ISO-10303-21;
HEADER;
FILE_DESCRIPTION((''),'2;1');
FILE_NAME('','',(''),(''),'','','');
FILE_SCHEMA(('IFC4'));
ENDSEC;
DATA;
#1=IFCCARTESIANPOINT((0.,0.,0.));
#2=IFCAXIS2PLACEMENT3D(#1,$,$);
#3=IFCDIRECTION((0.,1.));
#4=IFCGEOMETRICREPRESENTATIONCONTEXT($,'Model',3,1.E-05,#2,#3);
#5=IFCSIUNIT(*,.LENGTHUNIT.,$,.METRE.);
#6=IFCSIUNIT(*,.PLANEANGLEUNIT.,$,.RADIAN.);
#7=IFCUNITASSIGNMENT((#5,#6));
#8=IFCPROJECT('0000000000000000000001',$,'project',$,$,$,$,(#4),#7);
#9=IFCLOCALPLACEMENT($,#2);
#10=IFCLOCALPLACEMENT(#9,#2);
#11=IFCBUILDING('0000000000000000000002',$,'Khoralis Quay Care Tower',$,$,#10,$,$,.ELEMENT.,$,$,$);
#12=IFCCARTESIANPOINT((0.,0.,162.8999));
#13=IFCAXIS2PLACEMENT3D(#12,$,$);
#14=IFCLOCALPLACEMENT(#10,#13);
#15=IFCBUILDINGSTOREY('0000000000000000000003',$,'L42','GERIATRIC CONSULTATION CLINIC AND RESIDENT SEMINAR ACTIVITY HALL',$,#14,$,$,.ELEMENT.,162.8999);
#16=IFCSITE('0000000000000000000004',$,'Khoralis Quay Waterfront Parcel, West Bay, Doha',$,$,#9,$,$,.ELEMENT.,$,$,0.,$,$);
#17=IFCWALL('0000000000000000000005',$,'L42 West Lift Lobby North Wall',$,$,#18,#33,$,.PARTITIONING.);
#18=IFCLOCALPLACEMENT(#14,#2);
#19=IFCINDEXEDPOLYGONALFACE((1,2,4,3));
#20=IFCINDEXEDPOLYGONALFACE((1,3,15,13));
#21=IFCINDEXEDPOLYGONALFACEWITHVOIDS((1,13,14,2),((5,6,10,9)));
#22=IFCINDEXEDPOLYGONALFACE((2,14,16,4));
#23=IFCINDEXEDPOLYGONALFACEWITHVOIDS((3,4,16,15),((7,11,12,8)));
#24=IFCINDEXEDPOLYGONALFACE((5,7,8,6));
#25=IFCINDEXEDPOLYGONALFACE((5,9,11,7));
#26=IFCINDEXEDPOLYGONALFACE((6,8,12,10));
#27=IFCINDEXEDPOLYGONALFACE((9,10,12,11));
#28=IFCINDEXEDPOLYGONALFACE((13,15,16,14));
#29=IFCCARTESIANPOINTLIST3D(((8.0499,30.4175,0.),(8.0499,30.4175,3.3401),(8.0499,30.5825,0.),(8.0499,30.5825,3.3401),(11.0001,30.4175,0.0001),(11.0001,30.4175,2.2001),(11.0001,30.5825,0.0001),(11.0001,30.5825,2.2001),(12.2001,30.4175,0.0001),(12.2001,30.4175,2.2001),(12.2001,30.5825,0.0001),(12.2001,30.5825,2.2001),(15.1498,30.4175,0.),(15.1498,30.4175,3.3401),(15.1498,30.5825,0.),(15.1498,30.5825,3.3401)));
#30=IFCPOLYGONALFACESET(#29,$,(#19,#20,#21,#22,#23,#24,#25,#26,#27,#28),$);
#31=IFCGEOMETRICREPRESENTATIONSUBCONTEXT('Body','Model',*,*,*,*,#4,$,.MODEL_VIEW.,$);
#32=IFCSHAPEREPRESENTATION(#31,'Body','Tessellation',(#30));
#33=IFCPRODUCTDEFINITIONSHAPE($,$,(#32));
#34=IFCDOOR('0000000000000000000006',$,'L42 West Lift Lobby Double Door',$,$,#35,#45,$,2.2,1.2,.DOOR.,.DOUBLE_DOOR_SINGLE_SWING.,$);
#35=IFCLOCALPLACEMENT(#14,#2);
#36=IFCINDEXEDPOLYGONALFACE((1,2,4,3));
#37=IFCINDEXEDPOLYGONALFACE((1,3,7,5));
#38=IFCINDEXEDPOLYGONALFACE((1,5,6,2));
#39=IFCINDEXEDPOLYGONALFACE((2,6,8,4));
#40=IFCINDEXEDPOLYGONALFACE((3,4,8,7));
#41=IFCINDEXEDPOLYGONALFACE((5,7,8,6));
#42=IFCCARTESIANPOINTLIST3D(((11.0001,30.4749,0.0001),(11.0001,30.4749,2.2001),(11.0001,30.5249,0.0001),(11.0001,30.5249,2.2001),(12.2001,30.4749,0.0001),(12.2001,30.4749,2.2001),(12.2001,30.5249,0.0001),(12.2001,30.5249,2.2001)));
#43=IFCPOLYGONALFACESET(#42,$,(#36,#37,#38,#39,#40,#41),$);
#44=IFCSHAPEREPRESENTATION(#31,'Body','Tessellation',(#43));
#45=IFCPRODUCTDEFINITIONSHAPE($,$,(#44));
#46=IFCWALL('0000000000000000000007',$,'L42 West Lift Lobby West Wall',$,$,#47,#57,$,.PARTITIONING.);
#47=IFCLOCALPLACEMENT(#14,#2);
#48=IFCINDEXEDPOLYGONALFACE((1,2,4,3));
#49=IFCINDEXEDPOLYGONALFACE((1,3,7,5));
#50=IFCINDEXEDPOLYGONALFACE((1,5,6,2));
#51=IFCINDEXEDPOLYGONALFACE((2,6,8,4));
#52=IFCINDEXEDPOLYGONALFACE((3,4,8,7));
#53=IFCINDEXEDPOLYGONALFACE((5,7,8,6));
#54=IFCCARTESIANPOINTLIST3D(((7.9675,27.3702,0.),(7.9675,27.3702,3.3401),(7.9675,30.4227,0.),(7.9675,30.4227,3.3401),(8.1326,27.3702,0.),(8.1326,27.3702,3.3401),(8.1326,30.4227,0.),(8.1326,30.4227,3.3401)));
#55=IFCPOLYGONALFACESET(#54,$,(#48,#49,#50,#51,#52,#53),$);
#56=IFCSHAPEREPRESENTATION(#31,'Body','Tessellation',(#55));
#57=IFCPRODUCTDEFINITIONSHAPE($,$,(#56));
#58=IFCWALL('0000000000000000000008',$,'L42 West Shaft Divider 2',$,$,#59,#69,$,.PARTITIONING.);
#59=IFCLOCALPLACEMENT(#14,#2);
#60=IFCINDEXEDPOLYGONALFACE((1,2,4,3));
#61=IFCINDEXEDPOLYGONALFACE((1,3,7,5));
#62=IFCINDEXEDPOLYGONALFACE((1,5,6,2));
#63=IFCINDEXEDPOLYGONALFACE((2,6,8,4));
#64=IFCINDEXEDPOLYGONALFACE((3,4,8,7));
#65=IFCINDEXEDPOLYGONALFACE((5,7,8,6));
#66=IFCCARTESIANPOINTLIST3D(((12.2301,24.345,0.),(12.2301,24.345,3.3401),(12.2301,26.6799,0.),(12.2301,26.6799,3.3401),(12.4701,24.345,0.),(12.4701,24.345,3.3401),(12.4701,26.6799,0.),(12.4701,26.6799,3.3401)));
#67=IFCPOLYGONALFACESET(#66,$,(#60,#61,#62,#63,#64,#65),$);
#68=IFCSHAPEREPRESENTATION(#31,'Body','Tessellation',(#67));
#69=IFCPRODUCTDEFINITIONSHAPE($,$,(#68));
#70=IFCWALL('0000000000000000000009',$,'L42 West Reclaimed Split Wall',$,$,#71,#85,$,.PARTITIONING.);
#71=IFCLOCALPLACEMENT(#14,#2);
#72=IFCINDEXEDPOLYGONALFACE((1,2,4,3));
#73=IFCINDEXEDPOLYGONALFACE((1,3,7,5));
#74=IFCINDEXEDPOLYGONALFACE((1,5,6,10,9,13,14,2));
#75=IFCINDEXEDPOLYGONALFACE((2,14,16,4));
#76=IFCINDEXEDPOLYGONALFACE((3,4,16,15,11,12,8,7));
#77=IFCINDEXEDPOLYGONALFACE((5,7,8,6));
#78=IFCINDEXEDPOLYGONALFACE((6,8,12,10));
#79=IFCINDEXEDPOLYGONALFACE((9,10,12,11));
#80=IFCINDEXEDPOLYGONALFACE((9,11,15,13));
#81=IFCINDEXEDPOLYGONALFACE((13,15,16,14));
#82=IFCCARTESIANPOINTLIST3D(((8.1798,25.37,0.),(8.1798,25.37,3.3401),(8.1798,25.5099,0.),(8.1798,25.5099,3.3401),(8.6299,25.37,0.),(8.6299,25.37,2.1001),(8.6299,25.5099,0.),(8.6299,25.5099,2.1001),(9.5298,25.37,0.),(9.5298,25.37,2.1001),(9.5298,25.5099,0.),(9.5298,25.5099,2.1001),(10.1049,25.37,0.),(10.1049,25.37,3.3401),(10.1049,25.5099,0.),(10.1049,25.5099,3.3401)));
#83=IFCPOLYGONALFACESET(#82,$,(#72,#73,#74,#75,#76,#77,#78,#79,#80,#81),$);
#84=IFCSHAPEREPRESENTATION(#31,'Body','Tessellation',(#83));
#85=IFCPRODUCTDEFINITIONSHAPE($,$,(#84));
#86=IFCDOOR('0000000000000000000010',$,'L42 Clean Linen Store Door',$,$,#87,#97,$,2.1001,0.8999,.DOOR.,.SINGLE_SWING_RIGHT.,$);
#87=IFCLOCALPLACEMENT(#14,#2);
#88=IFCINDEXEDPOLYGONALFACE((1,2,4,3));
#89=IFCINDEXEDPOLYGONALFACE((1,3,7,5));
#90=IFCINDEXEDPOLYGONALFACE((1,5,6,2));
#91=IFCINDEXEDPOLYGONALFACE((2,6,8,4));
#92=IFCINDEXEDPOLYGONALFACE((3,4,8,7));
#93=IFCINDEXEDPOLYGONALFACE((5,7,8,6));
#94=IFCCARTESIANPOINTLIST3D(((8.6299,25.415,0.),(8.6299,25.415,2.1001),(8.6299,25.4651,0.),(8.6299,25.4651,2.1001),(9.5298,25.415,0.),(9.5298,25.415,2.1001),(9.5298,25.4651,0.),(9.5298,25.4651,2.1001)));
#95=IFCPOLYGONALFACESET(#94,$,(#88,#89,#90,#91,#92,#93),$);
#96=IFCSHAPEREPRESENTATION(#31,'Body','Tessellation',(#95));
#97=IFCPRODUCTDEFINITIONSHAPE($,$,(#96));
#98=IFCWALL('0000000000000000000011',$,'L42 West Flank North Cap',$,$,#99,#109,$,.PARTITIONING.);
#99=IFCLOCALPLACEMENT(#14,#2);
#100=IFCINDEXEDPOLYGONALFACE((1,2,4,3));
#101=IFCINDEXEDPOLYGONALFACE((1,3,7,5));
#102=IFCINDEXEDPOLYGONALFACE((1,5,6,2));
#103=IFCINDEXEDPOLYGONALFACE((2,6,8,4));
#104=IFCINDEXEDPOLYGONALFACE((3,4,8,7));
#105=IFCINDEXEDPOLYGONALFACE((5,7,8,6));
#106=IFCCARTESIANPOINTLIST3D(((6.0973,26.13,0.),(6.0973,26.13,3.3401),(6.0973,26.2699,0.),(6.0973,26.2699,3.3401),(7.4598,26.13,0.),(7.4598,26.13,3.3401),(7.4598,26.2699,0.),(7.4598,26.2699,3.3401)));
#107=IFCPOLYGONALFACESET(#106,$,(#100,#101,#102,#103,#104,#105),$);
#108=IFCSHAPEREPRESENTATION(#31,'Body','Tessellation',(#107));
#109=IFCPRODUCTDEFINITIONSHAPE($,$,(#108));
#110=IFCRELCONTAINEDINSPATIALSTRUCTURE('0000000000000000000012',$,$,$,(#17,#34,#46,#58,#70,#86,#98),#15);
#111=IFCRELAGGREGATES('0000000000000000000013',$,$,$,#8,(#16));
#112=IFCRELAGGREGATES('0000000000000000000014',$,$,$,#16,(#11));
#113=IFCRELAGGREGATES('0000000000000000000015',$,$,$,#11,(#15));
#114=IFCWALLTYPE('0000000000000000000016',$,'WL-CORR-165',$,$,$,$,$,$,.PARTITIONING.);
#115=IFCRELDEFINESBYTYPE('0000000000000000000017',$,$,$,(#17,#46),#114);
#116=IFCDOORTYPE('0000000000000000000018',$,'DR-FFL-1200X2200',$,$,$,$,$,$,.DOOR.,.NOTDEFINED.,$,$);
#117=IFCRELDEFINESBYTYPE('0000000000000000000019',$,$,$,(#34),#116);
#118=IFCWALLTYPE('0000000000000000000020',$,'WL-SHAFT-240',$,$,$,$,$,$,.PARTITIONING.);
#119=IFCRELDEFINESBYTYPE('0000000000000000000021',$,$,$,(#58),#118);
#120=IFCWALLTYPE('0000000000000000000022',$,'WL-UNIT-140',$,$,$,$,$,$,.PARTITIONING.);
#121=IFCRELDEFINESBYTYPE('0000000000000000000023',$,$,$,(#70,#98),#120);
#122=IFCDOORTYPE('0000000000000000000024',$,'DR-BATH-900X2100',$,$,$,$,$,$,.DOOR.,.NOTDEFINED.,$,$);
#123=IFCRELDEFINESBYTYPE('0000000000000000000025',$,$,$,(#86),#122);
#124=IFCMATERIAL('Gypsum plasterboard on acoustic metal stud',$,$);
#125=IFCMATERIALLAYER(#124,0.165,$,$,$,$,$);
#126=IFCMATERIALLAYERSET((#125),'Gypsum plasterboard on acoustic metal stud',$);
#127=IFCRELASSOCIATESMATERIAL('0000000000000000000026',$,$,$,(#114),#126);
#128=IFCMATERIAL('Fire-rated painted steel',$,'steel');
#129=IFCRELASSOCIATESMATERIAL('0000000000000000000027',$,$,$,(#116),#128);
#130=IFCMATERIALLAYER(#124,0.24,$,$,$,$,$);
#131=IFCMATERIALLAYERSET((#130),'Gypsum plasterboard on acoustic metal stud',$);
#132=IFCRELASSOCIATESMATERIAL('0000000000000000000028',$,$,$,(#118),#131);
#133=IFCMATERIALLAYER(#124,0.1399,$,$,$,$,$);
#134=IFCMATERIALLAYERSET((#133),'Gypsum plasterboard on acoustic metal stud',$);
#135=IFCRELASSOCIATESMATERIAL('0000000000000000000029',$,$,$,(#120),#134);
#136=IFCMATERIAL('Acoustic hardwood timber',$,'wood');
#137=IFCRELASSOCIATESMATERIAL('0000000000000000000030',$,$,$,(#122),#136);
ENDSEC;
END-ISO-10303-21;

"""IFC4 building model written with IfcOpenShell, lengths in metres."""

from ifc_helpers import new_model, si_unit, direction, frame, frame_2d, origin, place, context, subcontext, project, spatial, rectangle, extrude, source, transform, mapped, material, layer, layer_set, type_object, element, fill, save


model = new_model("IFC4")

# Units and contexts
model_context = context("Model", 3, precision=1e-05, world=origin(), true_north=direction((0.0, 1.0)))
body_context = subcontext(model_context, "Body", "Model", "MODEL_VIEW")
ifc_project = project(units=[si_unit("LENGTHUNIT", "METRE"), si_unit("PLANEANGLEUNIT", "RADIAN")], contexts=[model_context])

# Site, building, storey
site_placement = place(None, origin())
site = spatial("IfcSite", under=ifc_project, at=site_placement, Name="Khoralis Quay Waterfront Parcel, West Bay, Doha", CompositionType="ELEMENT", RefElevation=0.0)
building_placement = place(site_placement, origin())
building = spatial("IfcBuilding", under=site, at=building_placement, Name="Khoralis Quay Care Tower", CompositionType="ELEMENT")
storey_placement = place(building_placement, frame((0.0, 0.0, 162.8999)))
storey = spatial("IfcBuildingStorey", under=building, at=storey_placement, Name="L42", Description="GERIATRIC CONSULTATION CLINIC AND RESIDENT SEMINAR ACTIVITY HALL", CompositionType="ELEMENT", Elevation=162.8999)

# Shared definitions
ifc_material_1 = material(Name="Acoustic hardwood timber", Category="wood")

# Wall, opening, door
ifc_material_2 = material(Name="Gypsum plasterboard on acoustic metal stud")
ifc_layer_1 = layer(ifc_material_2, 0.165)
ifc_layer_set_1 = layer_set([ifc_layer_1], Name="Gypsum plasterboard on acoustic metal stud")
wall_type_1 = type_object("IfcWallType", Name="WL-CORR-165", PredefinedType="PARTITIONING", material=ifc_layer_set_1)
wall_1_placement = place(storey_placement, frame((8.05, 30.5, 0.0), z_axis=(0.0, 0.0, 1.0), x_axis=(1.0, 0.0, 0.0)))
wall_1 = element("IfcWall", 1, at=wall_1_placement, inside=storey, type_object=wall_type_1, Name="L42 West Lift Lobby North Wall", PredefinedType="PARTITIONING", context=body_context, shape_type="SweptSolid", body=[
    extrude(rectangle(XDim=7.0999, YDim=0.165, at=frame_2d((3.5498, 0.0))), origin(), (0.0, 0.0, 1.0), 3.3401),
])
opening_1_placement = place(wall_1_placement, frame((2.95, 0.0, 0.0)))
opening_1 = element("IfcOpeningElement", 2, at=opening_1_placement, cuts=wall_1, PredefinedType="OPENING", context=body_context, shape_type="SweptSolid", body=[
    extrude(rectangle(XDim=1.2, YDim=2.2, at=frame_2d((0.6001, 1.1001))), frame((0.0, 0.0925, 0.0), z_axis=(0.0, -1.0, 0.0), x_axis=(1.0, 0.0, 0.0)), (0.0, 0.0, 1.0), 0.1851),
])
ifc_material_3 = material(Name="Fire-rated painted steel", Category="steel")
door_type_1 = type_object("IfcDoorType", Name="DR-FFL-1200X2200", OperationType="NOTDEFINED", PredefinedType="DOOR", material=ifc_material_3)
shared_shape_1 = source(origin(), body_context, "Body", "SweptSolid", [
    extrude(rectangle(XDim=1.2, YDim=2.2, at=frame_2d((0.6001, 1.1001))), frame((0.0, 0.0249, 0.0), z_axis=(0.0, -1.0, 0.0), x_axis=(1.0, 0.0, 0.0)), (0.0, 0.0, 1.0), 0.05),
])
door_1_placement = place(opening_1_placement, origin())
door_1 = element("IfcDoor", 3, at=door_1_placement, inside=storey, type_object=door_type_1, Name="L42 West Lift Lobby Double Door", OperationType="DOUBLE_DOOR_SINGLE_SWING", OverallHeight=2.2, OverallWidth=1.2, PredefinedType="DOOR", context=body_context, shape_type="MappedRepresentation", body=[
    mapped(shared_shape_1, transform((0.0, 0.0, 0.0), scale=1.0)),
])
fill(opening_1, door_1)

# Walls
wall_2_placement = place(storey_placement, frame((8.05, 27.3701, 0.0), z_axis=(0.0, 0.0, 1.0), x_axis=(0.0, 1.0, 0.0)))
element("IfcWall", 4, at=wall_2_placement, inside=storey, type_object=wall_type_1, Name="L42 West Lift Lobby West Wall", PredefinedType="PARTITIONING", context=body_context, shape_type="SweptSolid", body=[
    extrude(rectangle(XDim=3.0525, YDim=0.165, at=frame_2d((1.5264, 0.0))), origin(), (0.0, 0.0, 1.0), 3.3401),
])
ifc_layer_2 = layer(ifc_material_2, 0.24)
ifc_layer_set_2 = layer_set([ifc_layer_2], Name="Gypsum plasterboard on acoustic metal stud")
wall_type_2 = type_object("IfcWallType", Name="WL-SHAFT-240", PredefinedType="PARTITIONING", material=ifc_layer_set_2)
wall_3_placement = place(storey_placement, frame((12.3501, 24.345, 0.0), z_axis=(0.0, 0.0, 1.0), x_axis=(0.0, 1.0, 0.0)))
element("IfcWall", 5, at=wall_3_placement, inside=storey, type_object=wall_type_2, Name="L42 West Shaft Divider 2", PredefinedType="PARTITIONING", context=body_context, shape_type="SweptSolid", body=[
    extrude(rectangle(XDim=2.335, YDim=0.24, at=frame_2d((1.1675, 0.0))), origin(), (0.0, 0.0, 1.0), 3.3401),
])

# Wall, opening, door
ifc_layer_3 = layer(ifc_material_2, 0.1399)
ifc_layer_set_3 = layer_set([ifc_layer_3], Name="Gypsum plasterboard on acoustic metal stud")
wall_type_3 = type_object("IfcWallType", Name="WL-UNIT-140", PredefinedType="PARTITIONING", material=ifc_layer_set_3)
wall_4_placement = place(storey_placement, frame((8.1799, 25.4399, 0.0), z_axis=(0.0, 0.0, 1.0), x_axis=(1.0, 0.0, 0.0)))
wall_4 = element("IfcWall", 6, at=wall_4_placement, inside=storey, type_object=wall_type_3, Name="L42 West Reclaimed Split Wall", PredefinedType="PARTITIONING", context=body_context, shape_type="SweptSolid", body=[
    extrude(rectangle(XDim=1.925, YDim=0.1399, at=frame_2d((0.9624, 0.0))), origin(), (0.0, 0.0, 1.0), 3.3401),
])
opening_2_placement = place(wall_4_placement, frame((0.45, 0.0, 0.0)))
opening_2 = element("IfcOpeningElement", 7, at=opening_2_placement, cuts=wall_4, PredefinedType="OPENING", context=body_context, shape_type="SweptSolid", body=[
    extrude(rectangle(XDim=0.8999, YDim=2.1001, at=frame_2d((0.45, 1.05))), frame((0.0, 0.0801, 0.0), z_axis=(0.0, -1.0, 0.0), x_axis=(1.0, 0.0, 0.0)), (0.0, 0.0, 1.0), 0.1599),
])
door_type_2 = type_object("IfcDoorType", Name="DR-BATH-900X2100", OperationType="NOTDEFINED", PredefinedType="DOOR", material=ifc_material_1)
shared_shape_2 = source(origin(), body_context, "Body", "SweptSolid", [
    extrude(rectangle(XDim=0.8999, YDim=2.1001, at=frame_2d((0.45, 1.05))), frame((0.0, 0.0249, 0.0), z_axis=(0.0, -1.0, 0.0), x_axis=(1.0, 0.0, 0.0)), (0.0, 0.0, 1.0), 0.05),
])
door_2_placement = place(opening_2_placement, frame((0.8999, 0.0, 0.0), z_axis=(0.0, 0.0, 1.0), x_axis=(-1.0, 0.0, 0.0)))
door_2 = element("IfcDoor", 8, at=door_2_placement, inside=storey, type_object=door_type_2, Name="L42 Clean Linen Store Door", OperationType="SINGLE_SWING_RIGHT", OverallHeight=2.1001, OverallWidth=0.8999, PredefinedType="DOOR", context=body_context, shape_type="MappedRepresentation", body=[
    mapped(shared_shape_2, transform((0.0, 0.0, 0.0), scale=1.0)),
])
fill(opening_2, door_2)

# Wall
wall_5_placement = place(storey_placement, frame((6.0974, 26.2, 0.0), z_axis=(0.0, 0.0, 1.0), x_axis=(1.0, 0.0, 0.0)))
element("IfcWall", 9, at=wall_5_placement, inside=storey, type_object=wall_type_3, Name="L42 West Flank North Cap", PredefinedType="PARTITIONING", context=body_context, shape_type="SweptSolid", body=[
    extrude(rectangle(XDim=1.3625, YDim=0.1399, at=frame_2d((0.6812, 0.0))), origin(), (0.0, 0.0, 1.0), 3.3401),
])

save(model, "model.ifc")
